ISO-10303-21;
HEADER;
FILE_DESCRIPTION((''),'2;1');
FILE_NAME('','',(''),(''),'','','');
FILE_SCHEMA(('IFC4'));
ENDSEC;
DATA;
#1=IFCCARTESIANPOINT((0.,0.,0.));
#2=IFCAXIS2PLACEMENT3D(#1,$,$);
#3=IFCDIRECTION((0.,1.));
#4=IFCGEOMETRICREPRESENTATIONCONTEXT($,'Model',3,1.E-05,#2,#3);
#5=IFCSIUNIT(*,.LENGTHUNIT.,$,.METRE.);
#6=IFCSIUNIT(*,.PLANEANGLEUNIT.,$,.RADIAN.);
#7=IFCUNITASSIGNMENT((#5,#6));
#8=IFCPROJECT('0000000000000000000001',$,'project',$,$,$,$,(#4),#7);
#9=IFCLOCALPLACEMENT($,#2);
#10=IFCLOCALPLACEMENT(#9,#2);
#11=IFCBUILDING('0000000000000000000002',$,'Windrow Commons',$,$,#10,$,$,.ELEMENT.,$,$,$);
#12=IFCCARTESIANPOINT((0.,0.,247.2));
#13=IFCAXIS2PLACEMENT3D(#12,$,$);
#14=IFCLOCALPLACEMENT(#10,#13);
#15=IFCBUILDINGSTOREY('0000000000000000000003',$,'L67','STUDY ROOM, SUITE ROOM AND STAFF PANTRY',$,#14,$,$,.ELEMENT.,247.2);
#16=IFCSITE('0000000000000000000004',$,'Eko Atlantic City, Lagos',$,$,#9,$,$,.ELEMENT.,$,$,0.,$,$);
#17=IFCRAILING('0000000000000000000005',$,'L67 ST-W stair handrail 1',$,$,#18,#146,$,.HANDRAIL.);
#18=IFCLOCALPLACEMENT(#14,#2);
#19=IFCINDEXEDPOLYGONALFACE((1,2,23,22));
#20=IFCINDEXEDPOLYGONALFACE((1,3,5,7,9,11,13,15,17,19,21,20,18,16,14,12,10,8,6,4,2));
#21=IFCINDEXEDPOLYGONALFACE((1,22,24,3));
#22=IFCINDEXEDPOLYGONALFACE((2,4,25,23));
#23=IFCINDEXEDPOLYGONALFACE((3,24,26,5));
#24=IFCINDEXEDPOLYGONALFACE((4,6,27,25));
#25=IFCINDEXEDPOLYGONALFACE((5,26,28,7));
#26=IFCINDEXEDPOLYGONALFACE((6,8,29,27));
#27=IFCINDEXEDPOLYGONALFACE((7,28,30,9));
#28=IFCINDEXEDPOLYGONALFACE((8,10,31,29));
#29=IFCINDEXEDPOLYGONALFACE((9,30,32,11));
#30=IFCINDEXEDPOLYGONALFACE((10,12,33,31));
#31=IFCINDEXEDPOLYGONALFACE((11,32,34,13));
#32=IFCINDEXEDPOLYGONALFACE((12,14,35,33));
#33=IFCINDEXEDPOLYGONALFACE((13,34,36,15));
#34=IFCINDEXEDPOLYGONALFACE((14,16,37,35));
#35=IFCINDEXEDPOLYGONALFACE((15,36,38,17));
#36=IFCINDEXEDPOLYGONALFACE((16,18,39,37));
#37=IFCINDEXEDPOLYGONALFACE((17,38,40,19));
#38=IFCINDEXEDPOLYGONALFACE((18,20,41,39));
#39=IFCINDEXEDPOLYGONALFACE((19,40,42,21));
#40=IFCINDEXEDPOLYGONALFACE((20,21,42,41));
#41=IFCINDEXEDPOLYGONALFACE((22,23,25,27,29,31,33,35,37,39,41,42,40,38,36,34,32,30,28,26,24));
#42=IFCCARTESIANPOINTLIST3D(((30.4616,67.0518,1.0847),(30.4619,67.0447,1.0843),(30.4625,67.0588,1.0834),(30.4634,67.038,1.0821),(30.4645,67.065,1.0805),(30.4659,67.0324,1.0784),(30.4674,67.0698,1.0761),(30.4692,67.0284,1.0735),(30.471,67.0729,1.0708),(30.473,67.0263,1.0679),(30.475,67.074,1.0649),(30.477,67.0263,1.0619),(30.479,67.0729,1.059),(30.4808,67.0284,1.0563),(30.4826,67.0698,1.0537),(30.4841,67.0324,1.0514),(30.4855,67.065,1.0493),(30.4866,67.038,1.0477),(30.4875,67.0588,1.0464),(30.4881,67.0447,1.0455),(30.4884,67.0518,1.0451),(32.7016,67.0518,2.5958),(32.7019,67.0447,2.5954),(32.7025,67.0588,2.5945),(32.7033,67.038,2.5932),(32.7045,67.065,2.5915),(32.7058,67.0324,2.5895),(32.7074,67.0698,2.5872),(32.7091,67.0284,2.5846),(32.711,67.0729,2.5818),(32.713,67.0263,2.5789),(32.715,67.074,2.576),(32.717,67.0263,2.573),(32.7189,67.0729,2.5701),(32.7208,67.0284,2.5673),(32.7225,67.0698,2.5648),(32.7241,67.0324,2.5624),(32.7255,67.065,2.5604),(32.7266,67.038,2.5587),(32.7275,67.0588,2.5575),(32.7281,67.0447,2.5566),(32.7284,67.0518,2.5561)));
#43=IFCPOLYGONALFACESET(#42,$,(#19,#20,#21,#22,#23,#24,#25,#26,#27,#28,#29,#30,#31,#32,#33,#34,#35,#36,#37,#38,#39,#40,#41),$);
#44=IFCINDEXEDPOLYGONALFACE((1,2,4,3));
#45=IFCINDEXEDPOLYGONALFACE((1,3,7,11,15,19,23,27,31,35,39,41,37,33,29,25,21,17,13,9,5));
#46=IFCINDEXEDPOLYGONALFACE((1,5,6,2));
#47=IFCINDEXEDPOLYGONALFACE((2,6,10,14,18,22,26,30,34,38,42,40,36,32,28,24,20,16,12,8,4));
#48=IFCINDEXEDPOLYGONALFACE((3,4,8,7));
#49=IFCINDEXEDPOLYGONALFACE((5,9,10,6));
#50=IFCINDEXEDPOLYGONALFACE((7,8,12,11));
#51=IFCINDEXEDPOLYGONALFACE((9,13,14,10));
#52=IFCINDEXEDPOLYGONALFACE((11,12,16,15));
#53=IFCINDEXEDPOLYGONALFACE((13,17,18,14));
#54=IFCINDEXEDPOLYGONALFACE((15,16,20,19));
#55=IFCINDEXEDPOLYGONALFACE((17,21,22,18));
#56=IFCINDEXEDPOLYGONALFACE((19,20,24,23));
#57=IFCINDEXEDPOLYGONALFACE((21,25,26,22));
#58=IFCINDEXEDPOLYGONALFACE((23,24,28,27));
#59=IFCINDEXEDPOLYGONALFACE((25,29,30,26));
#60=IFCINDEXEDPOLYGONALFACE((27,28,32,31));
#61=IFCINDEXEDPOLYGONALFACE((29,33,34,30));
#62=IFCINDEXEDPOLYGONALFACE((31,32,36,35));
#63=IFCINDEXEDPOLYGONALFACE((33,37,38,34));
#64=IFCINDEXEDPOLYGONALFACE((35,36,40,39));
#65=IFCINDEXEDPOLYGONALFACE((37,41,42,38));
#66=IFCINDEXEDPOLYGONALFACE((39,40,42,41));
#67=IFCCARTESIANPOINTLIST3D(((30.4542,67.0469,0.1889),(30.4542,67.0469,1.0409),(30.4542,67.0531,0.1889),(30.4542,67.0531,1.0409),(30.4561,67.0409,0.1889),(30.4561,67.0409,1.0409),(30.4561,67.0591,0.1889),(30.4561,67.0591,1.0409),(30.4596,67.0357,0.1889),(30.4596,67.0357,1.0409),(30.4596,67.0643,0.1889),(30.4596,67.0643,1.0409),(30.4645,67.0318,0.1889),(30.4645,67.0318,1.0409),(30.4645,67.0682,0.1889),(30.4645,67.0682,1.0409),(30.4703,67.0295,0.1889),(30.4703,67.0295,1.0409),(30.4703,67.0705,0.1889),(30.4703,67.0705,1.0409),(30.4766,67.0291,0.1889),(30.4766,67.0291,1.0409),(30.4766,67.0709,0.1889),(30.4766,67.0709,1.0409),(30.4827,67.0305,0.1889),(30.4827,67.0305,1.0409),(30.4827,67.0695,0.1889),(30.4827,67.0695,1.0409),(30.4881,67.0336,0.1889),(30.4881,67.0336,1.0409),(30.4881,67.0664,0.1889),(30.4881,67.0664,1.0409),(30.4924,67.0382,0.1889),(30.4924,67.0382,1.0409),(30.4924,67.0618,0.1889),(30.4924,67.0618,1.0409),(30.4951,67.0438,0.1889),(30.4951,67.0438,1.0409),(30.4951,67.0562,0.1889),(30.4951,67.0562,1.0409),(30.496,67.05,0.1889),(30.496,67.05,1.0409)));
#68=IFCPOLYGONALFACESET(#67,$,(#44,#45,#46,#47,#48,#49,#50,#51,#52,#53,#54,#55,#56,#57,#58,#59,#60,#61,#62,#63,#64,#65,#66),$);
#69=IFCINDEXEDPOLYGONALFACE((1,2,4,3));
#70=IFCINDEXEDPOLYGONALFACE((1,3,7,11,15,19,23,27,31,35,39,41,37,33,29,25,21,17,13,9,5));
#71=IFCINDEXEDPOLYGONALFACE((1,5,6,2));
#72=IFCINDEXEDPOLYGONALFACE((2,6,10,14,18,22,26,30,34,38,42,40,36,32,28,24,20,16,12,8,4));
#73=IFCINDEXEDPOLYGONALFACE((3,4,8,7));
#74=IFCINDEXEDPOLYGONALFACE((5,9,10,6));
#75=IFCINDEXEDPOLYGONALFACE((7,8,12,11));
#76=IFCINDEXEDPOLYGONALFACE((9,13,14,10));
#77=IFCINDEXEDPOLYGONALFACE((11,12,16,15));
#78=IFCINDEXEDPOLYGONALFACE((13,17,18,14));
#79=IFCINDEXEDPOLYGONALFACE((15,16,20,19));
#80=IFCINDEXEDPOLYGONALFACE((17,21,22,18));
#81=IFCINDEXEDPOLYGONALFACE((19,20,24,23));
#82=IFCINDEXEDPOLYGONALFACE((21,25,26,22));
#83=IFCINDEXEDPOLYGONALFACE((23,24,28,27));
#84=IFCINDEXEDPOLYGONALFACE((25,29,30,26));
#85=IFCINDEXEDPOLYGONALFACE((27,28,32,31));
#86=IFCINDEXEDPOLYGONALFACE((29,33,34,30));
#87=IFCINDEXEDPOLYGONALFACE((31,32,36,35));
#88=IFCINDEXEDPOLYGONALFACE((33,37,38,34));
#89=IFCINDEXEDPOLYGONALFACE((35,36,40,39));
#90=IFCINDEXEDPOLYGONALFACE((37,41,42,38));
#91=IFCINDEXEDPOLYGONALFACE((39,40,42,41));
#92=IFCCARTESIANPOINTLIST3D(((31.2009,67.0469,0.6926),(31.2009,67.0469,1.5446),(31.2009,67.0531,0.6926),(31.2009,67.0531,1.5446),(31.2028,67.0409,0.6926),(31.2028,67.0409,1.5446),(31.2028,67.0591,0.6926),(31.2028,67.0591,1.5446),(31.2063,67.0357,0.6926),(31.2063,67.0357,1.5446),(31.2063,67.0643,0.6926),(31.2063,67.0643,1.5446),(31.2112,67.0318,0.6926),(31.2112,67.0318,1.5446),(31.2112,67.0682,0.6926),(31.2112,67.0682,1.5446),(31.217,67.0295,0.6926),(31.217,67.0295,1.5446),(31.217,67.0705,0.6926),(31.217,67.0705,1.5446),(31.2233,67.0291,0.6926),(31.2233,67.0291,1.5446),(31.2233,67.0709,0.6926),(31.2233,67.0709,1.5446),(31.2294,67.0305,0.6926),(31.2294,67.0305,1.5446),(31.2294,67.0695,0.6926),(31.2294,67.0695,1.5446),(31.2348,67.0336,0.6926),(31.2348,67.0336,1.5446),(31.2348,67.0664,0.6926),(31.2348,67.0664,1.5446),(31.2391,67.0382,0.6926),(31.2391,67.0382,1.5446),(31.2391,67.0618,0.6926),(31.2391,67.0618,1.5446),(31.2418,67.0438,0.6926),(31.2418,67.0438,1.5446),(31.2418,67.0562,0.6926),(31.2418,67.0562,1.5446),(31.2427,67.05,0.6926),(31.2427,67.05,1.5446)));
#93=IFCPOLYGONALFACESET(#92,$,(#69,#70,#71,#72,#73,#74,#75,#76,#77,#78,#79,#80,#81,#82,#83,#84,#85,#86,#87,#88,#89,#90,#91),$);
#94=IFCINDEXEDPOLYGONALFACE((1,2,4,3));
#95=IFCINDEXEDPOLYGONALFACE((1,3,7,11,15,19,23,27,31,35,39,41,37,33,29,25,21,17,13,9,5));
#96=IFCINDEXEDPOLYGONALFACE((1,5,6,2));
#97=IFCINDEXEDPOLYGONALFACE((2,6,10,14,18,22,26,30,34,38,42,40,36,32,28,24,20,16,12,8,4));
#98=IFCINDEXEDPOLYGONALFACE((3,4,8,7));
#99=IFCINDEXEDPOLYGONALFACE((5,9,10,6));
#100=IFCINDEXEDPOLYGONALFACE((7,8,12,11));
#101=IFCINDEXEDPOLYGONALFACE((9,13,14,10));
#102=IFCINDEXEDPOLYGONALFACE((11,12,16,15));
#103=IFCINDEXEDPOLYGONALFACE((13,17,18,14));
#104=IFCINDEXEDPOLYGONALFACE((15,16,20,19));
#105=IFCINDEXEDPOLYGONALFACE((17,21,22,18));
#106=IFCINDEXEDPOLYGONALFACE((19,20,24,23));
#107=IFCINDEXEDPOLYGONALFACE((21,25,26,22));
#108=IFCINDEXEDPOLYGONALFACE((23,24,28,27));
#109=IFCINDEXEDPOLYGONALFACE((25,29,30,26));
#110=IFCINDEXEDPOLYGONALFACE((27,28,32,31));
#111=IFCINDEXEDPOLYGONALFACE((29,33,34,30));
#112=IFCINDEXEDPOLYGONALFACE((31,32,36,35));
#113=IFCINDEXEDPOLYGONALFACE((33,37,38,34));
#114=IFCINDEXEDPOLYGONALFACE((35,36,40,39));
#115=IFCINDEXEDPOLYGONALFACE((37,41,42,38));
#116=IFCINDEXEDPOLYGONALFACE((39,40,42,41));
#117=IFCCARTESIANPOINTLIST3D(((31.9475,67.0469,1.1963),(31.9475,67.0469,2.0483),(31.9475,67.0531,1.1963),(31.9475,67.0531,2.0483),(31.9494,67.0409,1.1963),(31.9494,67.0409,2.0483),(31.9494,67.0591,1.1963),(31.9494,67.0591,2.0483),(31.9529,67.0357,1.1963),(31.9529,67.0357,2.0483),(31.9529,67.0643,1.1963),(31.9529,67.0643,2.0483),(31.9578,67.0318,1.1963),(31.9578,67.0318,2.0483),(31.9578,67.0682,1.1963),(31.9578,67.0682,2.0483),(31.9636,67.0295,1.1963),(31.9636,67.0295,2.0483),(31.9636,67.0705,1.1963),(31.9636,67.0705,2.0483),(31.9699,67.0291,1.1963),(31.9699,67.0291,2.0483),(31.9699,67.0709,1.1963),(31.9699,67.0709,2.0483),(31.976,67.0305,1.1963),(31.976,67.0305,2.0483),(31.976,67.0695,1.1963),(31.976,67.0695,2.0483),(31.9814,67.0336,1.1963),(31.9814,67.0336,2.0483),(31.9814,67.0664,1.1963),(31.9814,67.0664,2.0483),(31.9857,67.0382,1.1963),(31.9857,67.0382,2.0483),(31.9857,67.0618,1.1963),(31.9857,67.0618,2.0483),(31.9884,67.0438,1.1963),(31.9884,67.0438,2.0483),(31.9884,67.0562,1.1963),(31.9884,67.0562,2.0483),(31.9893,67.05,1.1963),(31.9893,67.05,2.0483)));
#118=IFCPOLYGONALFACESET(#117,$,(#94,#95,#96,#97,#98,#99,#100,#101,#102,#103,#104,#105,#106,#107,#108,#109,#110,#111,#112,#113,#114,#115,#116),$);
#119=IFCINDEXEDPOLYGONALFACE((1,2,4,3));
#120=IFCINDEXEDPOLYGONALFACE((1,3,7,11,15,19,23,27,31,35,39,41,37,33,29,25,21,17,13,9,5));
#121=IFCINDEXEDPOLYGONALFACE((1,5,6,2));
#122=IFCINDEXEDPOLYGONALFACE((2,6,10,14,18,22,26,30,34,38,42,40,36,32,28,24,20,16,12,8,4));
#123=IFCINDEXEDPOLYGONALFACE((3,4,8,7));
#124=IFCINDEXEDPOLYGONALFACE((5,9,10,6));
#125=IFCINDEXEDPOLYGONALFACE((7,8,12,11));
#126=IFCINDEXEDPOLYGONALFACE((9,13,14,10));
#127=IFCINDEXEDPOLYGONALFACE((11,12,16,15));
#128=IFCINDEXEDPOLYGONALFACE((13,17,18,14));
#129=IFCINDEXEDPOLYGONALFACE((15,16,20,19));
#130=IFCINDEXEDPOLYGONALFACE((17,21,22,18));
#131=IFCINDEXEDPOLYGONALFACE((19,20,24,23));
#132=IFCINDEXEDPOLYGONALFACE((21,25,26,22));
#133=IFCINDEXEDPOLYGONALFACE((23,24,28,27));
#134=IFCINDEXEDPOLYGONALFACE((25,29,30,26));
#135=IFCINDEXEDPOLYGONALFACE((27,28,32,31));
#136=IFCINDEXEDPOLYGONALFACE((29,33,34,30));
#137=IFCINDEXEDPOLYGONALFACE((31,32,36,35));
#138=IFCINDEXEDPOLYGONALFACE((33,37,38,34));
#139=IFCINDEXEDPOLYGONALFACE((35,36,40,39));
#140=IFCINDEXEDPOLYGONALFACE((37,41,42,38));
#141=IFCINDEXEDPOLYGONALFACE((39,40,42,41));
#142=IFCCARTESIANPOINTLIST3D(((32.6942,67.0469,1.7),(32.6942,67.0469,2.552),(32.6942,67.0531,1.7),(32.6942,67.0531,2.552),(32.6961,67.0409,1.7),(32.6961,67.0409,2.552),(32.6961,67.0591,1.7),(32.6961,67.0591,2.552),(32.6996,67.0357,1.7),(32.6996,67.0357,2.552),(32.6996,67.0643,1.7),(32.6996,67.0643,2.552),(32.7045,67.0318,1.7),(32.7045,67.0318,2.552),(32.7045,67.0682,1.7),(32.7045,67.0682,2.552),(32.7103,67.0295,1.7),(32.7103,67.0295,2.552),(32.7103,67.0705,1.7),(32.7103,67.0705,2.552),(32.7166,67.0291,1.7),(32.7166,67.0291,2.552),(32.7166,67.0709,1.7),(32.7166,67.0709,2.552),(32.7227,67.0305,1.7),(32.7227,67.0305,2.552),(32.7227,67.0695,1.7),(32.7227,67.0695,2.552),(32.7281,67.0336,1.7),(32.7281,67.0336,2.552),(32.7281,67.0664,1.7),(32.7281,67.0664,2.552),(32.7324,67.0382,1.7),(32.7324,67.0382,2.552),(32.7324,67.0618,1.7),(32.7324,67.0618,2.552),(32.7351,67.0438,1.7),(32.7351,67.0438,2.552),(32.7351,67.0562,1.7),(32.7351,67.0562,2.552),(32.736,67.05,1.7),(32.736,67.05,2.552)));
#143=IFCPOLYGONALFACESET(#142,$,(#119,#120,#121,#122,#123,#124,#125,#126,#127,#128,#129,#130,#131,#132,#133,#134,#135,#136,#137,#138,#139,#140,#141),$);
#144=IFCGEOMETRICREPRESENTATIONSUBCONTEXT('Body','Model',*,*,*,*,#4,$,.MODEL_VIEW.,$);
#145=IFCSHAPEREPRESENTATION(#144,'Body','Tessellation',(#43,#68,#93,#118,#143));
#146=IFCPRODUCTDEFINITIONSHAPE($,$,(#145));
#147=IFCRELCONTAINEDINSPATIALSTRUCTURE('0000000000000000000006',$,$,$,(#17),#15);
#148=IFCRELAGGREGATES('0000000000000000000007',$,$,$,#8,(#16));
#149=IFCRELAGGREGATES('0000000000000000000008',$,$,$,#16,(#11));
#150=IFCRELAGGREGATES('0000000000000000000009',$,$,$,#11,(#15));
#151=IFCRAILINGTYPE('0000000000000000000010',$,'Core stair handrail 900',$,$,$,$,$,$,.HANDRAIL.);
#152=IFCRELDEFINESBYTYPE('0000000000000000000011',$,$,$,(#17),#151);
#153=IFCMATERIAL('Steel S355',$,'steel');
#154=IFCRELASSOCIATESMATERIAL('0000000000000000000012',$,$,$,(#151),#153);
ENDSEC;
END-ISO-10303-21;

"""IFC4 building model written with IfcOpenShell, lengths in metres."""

from ifc_helpers import new_model, si_unit, direction, frame, origin, origin_2d, place, context, subcontext, project, spatial, circle, extrude, material, type_object, element, save


model = new_model("IFC4")

# Units and contexts
model_context = context("Model", 3, precision=1e-05, world=origin(), true_north=direction((0.0, 1.0)))
body_context = subcontext(model_context, "Body", "Model", "MODEL_VIEW")
ifc_project = project(units=[si_unit("LENGTHUNIT", "METRE"), si_unit("PLANEANGLEUNIT", "RADIAN")], contexts=[model_context])

# Site, building, storey
site_placement = place(None, origin())
site = spatial("IfcSite", under=ifc_project, at=site_placement, Name="Eko Atlantic City, Lagos", CompositionType="ELEMENT", RefElevation=0.0)
building_placement = place(site_placement, origin())
building = spatial("IfcBuilding", under=site, at=building_placement, Name="Windrow Commons", CompositionType="ELEMENT")
storey_placement = place(building_placement, frame((0.0, 0.0, 247.2)))
storey = spatial("IfcBuildingStorey", under=building, at=storey_placement, Name="L67", Description="STUDY ROOM, SUITE ROOM AND STAFF PANTRY", CompositionType="ELEMENT", Elevation=247.2)

# Railing
ifc_material_1 = material(Name="Steel S355", Category="steel")
railing_type_1 = type_object("IfcRailingType", Name="Core stair handrail 900", PredefinedType="HANDRAIL", material=ifc_material_1)
railing_1_placement = place(storey_placement, frame((30.475, 67.05, 0.1889)))
element("IfcRailing", 1, at=railing_1_placement, inside=storey, type_object=railing_type_1, Name="L67 ST-W stair handrail 1", PredefinedType="HANDRAIL", context=body_context, shape_type="SweptSolid", body=[
    extrude(circle(Radius=0.024, at=origin_2d()), frame((0.0, 0.0, 0.876), z_axis=(0.829003, 0.0, 0.559244), x_axis=(0.0, 1.0, 0.0)), (0.0, 0.0, 1.0), 2.702),
    extrude(circle(Radius=0.021, at=origin_2d()), origin(), (0.0, 0.0, 1.0), 0.852),
    extrude(circle(Radius=0.021, at=origin_2d()), frame((0.7467, 0.0, 0.5037)), (0.0, 0.0, 1.0), 0.852),
    extrude(circle(Radius=0.021, at=origin_2d()), frame((1.4933, 0.0, 1.0074)), (0.0, 0.0, 1.0), 0.852),
    extrude(circle(Radius=0.021, at=origin_2d()), frame((2.24, 0.0, 1.5111)), (0.0, 0.0, 1.0), 0.852),
])

save(model, "model.ifc")
